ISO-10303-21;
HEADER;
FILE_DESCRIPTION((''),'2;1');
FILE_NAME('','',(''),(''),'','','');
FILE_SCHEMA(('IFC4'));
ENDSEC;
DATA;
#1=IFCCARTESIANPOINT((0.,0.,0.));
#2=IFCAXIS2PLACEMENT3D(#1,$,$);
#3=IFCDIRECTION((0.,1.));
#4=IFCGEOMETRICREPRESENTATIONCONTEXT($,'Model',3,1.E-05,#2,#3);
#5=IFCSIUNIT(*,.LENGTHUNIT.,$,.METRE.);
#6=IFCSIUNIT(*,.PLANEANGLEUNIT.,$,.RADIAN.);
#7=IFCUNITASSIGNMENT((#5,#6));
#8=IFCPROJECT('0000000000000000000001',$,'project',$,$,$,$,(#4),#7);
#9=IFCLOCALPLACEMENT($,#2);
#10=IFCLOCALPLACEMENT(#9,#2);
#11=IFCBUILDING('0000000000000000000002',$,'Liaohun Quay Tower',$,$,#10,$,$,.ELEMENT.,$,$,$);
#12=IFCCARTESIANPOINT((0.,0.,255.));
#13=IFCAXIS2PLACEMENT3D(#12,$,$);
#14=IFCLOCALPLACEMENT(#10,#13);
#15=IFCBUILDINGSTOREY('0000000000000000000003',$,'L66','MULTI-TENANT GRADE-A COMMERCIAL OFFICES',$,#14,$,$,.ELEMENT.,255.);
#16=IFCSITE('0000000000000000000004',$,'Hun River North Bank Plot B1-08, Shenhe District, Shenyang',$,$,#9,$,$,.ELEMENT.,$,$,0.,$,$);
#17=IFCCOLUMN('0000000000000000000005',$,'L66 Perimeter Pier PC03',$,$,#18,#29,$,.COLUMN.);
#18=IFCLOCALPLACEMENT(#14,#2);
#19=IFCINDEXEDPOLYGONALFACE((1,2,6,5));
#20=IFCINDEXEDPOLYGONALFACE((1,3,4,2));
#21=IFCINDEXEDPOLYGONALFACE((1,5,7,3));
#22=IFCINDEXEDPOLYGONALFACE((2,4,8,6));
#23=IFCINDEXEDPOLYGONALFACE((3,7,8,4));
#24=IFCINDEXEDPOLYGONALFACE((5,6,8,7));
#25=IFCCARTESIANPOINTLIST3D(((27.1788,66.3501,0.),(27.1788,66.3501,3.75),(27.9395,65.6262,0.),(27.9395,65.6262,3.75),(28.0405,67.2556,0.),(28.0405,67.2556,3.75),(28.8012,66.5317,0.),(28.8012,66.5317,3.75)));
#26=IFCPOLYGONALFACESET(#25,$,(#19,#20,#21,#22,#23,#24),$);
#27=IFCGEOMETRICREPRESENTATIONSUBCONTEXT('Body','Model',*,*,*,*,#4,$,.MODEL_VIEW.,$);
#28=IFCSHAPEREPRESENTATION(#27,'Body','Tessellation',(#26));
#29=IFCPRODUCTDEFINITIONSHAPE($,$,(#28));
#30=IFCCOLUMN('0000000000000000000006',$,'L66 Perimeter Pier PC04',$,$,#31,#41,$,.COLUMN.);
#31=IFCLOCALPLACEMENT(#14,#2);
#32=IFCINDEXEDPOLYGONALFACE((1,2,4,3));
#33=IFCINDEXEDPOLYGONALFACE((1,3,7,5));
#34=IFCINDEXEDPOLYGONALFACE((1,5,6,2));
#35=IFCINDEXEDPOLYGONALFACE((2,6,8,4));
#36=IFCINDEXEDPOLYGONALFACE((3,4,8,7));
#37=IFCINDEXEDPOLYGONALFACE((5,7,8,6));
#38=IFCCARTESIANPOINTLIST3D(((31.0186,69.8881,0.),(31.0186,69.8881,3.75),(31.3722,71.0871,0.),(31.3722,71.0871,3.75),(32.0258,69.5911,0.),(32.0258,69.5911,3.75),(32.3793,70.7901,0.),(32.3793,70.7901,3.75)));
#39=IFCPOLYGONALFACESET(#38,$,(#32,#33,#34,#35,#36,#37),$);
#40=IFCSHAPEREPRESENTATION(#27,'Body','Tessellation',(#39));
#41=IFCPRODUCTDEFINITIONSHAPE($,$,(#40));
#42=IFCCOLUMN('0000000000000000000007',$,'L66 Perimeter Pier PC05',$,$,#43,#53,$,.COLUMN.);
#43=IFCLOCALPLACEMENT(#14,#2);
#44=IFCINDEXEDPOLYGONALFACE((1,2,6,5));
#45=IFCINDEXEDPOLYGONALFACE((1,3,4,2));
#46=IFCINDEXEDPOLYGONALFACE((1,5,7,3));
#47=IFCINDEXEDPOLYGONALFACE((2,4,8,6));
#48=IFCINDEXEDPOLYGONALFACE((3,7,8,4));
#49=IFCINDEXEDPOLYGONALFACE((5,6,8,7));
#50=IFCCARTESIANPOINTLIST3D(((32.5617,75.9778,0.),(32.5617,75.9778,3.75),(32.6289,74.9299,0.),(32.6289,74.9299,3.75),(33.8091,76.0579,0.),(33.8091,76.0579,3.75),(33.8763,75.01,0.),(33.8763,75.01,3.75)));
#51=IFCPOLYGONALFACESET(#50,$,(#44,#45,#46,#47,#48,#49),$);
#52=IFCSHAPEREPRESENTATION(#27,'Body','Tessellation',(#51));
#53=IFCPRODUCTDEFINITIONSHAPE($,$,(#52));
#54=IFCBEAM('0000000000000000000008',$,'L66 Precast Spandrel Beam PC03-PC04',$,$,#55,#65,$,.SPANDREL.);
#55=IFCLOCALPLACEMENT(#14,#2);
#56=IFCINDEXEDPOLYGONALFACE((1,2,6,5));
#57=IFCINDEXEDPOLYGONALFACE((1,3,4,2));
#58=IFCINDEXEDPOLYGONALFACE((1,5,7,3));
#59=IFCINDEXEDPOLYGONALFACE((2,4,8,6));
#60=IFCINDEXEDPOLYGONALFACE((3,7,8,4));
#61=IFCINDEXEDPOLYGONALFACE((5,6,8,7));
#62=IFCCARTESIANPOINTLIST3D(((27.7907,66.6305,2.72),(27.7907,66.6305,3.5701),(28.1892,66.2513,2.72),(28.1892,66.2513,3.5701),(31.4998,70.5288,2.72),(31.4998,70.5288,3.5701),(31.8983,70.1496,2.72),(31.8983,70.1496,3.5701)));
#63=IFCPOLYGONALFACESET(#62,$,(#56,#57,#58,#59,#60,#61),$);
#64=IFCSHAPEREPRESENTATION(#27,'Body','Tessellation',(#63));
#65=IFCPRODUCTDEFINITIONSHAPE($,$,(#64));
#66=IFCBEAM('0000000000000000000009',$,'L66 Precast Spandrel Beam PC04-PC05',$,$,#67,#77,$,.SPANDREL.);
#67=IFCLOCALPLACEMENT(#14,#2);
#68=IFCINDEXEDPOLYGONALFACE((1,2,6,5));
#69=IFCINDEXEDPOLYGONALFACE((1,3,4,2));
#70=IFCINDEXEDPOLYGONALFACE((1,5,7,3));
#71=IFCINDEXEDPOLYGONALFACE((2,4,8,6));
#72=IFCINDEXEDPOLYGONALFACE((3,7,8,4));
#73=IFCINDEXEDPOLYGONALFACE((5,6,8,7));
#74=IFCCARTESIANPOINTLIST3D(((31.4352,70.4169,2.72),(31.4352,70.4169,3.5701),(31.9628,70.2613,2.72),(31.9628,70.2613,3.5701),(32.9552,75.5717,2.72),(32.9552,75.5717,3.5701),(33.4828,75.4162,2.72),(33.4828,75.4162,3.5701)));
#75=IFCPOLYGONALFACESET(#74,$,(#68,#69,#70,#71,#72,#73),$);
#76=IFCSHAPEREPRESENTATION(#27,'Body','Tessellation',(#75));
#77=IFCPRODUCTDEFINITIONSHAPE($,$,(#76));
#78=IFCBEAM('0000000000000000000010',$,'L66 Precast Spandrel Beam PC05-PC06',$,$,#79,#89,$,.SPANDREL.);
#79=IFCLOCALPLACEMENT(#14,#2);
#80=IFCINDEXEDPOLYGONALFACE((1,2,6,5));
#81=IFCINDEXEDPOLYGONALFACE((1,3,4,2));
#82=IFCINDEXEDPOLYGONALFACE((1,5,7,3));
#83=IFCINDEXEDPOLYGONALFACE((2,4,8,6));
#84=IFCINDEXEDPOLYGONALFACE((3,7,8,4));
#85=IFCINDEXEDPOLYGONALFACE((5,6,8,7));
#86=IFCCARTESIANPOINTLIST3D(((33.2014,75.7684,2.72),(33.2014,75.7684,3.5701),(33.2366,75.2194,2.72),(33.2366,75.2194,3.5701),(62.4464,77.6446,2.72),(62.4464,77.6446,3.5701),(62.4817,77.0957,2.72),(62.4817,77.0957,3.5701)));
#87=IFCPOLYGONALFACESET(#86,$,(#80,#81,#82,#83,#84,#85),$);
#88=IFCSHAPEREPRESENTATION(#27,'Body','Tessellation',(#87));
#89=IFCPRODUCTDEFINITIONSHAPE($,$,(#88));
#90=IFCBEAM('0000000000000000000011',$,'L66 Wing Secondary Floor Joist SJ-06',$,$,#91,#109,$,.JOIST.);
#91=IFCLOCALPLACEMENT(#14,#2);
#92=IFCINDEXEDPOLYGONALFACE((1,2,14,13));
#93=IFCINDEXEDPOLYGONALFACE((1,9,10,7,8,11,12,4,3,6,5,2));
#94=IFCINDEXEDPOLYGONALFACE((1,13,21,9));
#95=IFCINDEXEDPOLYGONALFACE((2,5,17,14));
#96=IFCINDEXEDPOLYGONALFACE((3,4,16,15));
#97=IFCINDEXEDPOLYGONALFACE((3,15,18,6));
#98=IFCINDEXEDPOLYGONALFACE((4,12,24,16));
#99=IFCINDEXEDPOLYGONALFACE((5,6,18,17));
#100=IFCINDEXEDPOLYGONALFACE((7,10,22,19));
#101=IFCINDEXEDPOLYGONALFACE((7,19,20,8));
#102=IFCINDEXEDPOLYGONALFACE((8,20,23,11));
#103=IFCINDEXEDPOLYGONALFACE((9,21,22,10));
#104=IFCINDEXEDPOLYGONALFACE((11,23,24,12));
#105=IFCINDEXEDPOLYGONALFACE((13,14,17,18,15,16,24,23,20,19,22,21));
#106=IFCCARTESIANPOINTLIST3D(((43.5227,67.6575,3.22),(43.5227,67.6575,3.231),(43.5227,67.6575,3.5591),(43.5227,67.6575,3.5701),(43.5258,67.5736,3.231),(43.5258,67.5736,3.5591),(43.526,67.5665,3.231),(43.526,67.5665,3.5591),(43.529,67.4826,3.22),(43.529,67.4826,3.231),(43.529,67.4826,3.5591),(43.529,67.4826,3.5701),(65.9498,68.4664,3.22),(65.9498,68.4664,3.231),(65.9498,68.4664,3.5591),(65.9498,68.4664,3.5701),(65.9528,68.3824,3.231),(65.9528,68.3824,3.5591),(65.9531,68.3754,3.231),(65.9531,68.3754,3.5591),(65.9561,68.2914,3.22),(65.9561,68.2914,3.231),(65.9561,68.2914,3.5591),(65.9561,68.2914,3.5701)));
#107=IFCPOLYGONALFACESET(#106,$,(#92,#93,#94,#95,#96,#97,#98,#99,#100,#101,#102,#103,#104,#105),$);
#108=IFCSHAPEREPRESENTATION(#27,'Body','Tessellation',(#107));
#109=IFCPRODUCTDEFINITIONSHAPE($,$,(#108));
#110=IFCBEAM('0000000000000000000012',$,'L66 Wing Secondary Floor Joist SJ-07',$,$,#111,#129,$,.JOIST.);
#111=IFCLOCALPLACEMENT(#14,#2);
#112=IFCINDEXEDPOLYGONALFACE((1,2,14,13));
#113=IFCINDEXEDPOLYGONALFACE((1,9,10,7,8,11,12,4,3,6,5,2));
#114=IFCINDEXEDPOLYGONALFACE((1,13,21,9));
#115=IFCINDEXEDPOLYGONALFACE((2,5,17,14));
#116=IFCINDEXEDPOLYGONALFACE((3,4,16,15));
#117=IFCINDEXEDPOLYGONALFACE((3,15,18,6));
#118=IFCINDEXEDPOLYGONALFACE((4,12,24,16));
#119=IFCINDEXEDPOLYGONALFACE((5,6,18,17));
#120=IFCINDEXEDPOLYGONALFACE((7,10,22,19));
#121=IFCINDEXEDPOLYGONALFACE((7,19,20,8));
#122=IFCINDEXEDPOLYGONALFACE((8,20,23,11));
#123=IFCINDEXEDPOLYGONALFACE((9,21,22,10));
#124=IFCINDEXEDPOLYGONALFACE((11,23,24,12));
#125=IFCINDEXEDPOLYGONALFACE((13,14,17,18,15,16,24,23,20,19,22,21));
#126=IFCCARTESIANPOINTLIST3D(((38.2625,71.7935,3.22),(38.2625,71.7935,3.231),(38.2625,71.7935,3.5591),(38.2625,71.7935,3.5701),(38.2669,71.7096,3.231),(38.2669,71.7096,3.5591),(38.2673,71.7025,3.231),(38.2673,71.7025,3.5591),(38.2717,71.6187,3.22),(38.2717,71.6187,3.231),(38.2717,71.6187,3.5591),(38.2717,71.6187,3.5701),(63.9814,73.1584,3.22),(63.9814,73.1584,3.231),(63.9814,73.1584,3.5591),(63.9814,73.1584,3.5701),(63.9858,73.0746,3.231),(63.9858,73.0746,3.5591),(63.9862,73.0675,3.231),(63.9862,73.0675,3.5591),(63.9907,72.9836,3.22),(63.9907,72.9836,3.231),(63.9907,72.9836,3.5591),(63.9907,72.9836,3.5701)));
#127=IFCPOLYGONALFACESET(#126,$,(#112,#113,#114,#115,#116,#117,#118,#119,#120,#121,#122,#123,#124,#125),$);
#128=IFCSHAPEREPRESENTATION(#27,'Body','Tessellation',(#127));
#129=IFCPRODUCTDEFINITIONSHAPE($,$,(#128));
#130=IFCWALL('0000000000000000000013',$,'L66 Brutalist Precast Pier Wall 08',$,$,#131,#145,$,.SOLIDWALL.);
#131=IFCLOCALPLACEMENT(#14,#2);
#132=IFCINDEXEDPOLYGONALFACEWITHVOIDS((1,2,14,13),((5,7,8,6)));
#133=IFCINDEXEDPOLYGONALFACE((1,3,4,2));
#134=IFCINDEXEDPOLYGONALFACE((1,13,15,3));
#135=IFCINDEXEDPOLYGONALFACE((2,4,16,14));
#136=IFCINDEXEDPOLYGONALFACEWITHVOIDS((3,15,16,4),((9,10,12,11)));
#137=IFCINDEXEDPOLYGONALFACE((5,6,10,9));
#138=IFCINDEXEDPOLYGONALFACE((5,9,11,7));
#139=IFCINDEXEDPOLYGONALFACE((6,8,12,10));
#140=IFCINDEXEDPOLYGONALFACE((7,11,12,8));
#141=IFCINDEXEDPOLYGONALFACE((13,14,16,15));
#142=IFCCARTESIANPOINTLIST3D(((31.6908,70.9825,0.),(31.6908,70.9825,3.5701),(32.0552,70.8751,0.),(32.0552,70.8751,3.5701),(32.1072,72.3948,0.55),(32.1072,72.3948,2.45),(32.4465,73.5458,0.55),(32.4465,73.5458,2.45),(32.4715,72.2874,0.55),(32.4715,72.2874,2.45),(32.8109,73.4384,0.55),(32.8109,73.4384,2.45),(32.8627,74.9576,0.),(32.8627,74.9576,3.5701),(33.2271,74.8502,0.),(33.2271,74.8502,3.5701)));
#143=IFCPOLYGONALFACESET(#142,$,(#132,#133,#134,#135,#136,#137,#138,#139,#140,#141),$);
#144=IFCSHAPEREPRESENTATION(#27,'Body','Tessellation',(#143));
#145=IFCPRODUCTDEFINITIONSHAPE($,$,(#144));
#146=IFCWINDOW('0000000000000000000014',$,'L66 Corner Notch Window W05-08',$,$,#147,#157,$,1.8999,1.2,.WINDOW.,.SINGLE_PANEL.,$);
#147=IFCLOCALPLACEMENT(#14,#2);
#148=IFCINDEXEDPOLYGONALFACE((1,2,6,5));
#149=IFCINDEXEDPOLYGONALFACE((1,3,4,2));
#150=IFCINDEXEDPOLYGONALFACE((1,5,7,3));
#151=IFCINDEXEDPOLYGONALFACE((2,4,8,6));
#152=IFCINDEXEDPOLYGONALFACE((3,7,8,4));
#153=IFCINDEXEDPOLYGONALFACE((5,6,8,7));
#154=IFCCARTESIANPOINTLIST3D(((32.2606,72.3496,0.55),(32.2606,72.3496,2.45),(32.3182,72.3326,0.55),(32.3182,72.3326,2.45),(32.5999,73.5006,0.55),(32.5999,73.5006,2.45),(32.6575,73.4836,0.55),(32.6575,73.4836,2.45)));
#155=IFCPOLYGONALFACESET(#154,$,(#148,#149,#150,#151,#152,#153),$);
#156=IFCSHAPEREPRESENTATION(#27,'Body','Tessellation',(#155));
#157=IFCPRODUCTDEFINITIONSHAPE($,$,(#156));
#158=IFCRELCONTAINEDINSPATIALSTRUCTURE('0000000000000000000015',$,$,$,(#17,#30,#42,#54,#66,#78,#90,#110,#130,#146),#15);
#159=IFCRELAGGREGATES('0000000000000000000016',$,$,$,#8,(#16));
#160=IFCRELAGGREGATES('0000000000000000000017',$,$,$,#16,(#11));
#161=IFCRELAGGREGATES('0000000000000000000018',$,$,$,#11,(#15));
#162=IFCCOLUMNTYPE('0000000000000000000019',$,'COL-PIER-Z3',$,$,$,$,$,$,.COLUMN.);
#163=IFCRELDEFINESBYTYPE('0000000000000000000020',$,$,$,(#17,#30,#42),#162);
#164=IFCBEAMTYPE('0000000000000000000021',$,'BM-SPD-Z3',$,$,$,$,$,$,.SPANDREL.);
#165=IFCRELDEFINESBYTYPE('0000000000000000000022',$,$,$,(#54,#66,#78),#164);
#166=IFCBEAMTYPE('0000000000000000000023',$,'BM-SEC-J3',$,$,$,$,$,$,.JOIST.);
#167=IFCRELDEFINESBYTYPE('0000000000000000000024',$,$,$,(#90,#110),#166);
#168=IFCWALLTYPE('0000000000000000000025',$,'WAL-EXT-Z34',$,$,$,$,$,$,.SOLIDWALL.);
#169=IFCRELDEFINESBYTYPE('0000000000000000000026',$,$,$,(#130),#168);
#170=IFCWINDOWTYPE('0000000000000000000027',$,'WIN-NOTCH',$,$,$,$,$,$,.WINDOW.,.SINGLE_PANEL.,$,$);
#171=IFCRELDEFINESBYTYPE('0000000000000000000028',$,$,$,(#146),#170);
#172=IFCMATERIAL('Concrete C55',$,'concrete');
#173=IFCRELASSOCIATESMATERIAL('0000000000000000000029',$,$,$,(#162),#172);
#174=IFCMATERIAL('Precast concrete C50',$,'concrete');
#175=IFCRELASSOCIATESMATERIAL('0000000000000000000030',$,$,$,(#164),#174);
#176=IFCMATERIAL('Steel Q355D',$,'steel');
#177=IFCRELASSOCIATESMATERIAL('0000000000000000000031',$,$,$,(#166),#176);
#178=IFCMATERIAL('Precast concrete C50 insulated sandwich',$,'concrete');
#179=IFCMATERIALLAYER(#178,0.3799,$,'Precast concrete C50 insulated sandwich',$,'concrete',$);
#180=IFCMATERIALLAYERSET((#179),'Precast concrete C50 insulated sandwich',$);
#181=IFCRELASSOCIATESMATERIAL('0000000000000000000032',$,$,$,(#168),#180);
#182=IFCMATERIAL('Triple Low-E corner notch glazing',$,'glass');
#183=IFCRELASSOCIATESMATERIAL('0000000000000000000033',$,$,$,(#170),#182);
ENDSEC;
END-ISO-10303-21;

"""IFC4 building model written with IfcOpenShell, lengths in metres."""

from ifc_helpers import new_model, si_unit, direction, frame, frame_2d, origin, origin_2d, place, context, subcontext, project, spatial, rectangle, i_section, extrude, source, transform, mapped, material, layer, layer_set, material_profile, profile_set, type_object, element, fill, save


model = new_model("IFC4")

# Units and contexts
model_context = context("Model", 3, precision=1e-05, world=origin(), true_north=direction((0.0, 1.0)))
body_context = subcontext(model_context, "Body", "Model", "MODEL_VIEW")
ifc_project = project(units=[si_unit("LENGTHUNIT", "METRE"), si_unit("PLANEANGLEUNIT", "RADIAN")], contexts=[model_context])

# Site, building, storey
site_placement = place(None, origin())
site = spatial("IfcSite", under=ifc_project, at=site_placement, Name="Hun River North Bank Plot B1-08, Shenhe District, Shenyang", CompositionType="ELEMENT", RefElevation=0.0)
building_placement = place(site_placement, origin())
building = spatial("IfcBuilding", under=site, at=building_placement, Name="Liaohun Quay Tower", CompositionType="ELEMENT")
storey_placement = place(building_placement, frame((0.0, 0.0, 255.0)))
storey = spatial("IfcBuildingStorey", under=building, at=storey_placement, Name="L66", Description="MULTI-TENANT GRADE-A COMMERCIAL OFFICES", CompositionType="ELEMENT", Elevation=255.0)

# Columns
ifc_material_1 = material(Name="Concrete C55", Category="concrete")
ifc_material_profile_1 = material_profile(ifc_material_1, rectangle(XDim=1.25, YDim=1.05, at=origin_2d()), Name="RC1250x1050")
ifc_profile_set_1 = profile_set([ifc_material_profile_1], Name="Concrete C55")
column_type = type_object("IfcColumnType", Name="COL-PIER-Z3", PredefinedType="COLUMN", material=ifc_profile_set_1)
shared_shape_1 = source(origin(), body_context, "Body", "SweptSolid", [
    extrude(rectangle(XDim=1.25, YDim=1.05, at=origin_2d()), origin(), (0.0, 0.0, 1.0), 3.75),
])
for number, where, z_axis, x_axis, name in (
    (1, (27.99, 66.4409, 0.0), (0.0, 0.0, 1.0), (0.689367, 0.724413, 0.0), "L66 Perimeter Pier PC03"),
    (2, (31.699, 70.3391, 0.0), (0.0, 0.0, 1.0), (0.282844, 0.959166, 0.0), "L66 Perimeter Pier PC04"),
    (3, (33.219, 75.4939, 0.0), (0.0, 0.0, 1.0), (0.997949, 0.06401, 0.0), "L66 Perimeter Pier PC05"),
):
    element("IfcColumn", number, at=place(storey_placement, frame(where, z_axis=z_axis, x_axis=x_axis)), inside=storey, type_object=column_type, Name=name, PredefinedType="COLUMN", context=body_context, shape_type="MappedRepresentation", body=[
        mapped(shared_shape_1, transform((0.0, 0.0, 0.0), x_axis=(1.0, 0.0, 0.0), y_axis=(0.0, 1.0, 0.0), z_axis=(0.0, 0.0, 1.0), scale=1.0)),
    ])

# Beams
ifc_material_2 = material(Name="Precast concrete C50", Category="concrete")
ifc_material_profile_2 = material_profile(ifc_material_2, rectangle(XDim=0.55, YDim=0.8501, at=origin_2d()), Name="RC550x850")
ifc_profile_set_2 = profile_set([ifc_material_profile_2], Name="Precast concrete C50")
beam_type_1 = type_object("IfcBeamType", Name="BM-SPD-Z3", PredefinedType="SPANDREL", material=ifc_profile_set_2)
shared_shape_2 = source(origin(), body_context, "Body", "SweptSolid", [
    extrude(rectangle(XDim=0.55, YDim=0.8501, at=origin_2d()), origin(), (0.0, 0.0, 1.0), 5.3809),
])
beam_1_placement = place(storey_placement, frame((27.99, 66.4409, 3.145), z_axis=(0.689306, 0.72447, 0.0), x_axis=(-0.72447, 0.689306, 0.0)))
element("IfcBeam", 4, at=beam_1_placement, inside=storey, type_object=beam_type_1, Name="L66 Precast Spandrel Beam PC03-PC04", PredefinedType="SPANDREL", context=body_context, shape_type="MappedRepresentation", body=[
    mapped(shared_shape_2, transform((0.0, 0.0, 0.0), x_axis=(1.0, 0.0, 0.0), y_axis=(0.0, 1.0, 0.0), z_axis=(0.0, 0.0, 1.0), scale=1.0)),
])
shared_shape_3 = source(origin(), body_context, "Body", "SweptSolid", [
    extrude(rectangle(XDim=0.55, YDim=0.8501, at=origin_2d()), origin(), (0.0, 0.0, 1.0), 5.3743),
])
beam_2_placement = place(storey_placement, frame((31.699, 70.3391, 3.145), z_axis=(0.282835, 0.959169, 0.0), x_axis=(-0.959169, 0.282835, 0.0)))
element("IfcBeam", 5, at=beam_2_placement, inside=storey, type_object=beam_type_1, Name="L66 Precast Spandrel Beam PC04-PC05", PredefinedType="SPANDREL", context=body_context, shape_type="MappedRepresentation", body=[
    mapped(shared_shape_3, transform((0.0, 0.0, 0.0), x_axis=(1.0, 0.0, 0.0), y_axis=(0.0, 1.0, 0.0), z_axis=(0.0, 0.0, 1.0), scale=1.0)),
])
shared_shape_4 = source(origin(), body_context, "Body", "SweptSolid", [
    extrude(rectangle(XDim=0.55, YDim=0.8501, at=origin_2d()), origin(), (0.0, 0.0, 1.0), 29.3052),
])
beam_3_placement = place(storey_placement, frame((33.219, 75.4939, 3.145), z_axis=(0.997948, 0.064023, 0.0), x_axis=(-0.064023, 0.997948, 0.0)))
element("IfcBeam", 6, at=beam_3_placement, inside=storey, type_object=beam_type_1, Name="L66 Precast Spandrel Beam PC05-PC06", PredefinedType="SPANDREL", context=body_context, shape_type="MappedRepresentation", body=[
    mapped(shared_shape_4, transform((0.0, 0.0, 0.0), x_axis=(1.0, 0.0, 0.0), y_axis=(0.0, 1.0, 0.0), z_axis=(0.0, 0.0, 1.0), scale=1.0)),
])
ifc_material_3 = material(Name="Steel Q355D", Category="steel")
ifc_material_profile_3 = material_profile(ifc_material_3, i_section(OverallWidth=0.175, OverallDepth=0.3501, WebThickness=0.0071, FlangeThickness=0.011, at=origin_2d()), Name="HN350x175x7x11")
ifc_profile_set_3 = profile_set([ifc_material_profile_3], Name="Steel Q355D")
beam_type_2 = type_object("IfcBeamType", Name="BM-SEC-J3", PredefinedType="JOIST", material=ifc_profile_set_3)
shared_shape_5 = source(origin(), body_context, "Body", "SweptSolid", [
    extrude(i_section(OverallWidth=0.175, OverallDepth=0.3501, WebThickness=0.0071, FlangeThickness=0.011, at=origin_2d()), origin(), (0.0, 0.0, 1.0), 22.4417),
])
beam_4_placement = place(storey_placement, frame((43.5259, 67.5701, 3.395), z_axis=(0.99935, 0.036042, 0.0), x_axis=(-0.036042, 0.99935, 0.0)))
element("IfcBeam", 7, at=beam_4_placement, inside=storey, type_object=beam_type_2, Name="L66 Wing Secondary Floor Joist SJ-06", PredefinedType="JOIST", context=body_context, shape_type="MappedRepresentation", body=[
    mapped(shared_shape_5, transform((0.0, 0.0, 0.0), x_axis=(1.0, 0.0, 0.0), y_axis=(0.0, 1.0, 0.0), z_axis=(0.0, 0.0, 1.0), scale=1.0)),
])
shared_shape_6 = source(origin(), body_context, "Body", "SweptSolid", [
    extrude(i_section(OverallWidth=0.175, OverallDepth=0.3501, WebThickness=0.0071, FlangeThickness=0.011, at=origin_2d()), origin(), (0.0, 0.0, 1.0), 25.7551),
])
beam_5_placement = place(storey_placement, frame((38.2671, 71.7061, 3.395), z_axis=(0.998595, 0.052999, 0.0), x_axis=(-0.052999, 0.998595, 0.0)))
element("IfcBeam", 8, at=beam_5_placement, inside=storey, type_object=beam_type_2, Name="L66 Wing Secondary Floor Joist SJ-07", PredefinedType="JOIST", context=body_context, shape_type="MappedRepresentation", body=[
    mapped(shared_shape_6, transform((0.0, 0.0, 0.0), x_axis=(1.0, 0.0, 0.0), y_axis=(0.0, 1.0, 0.0), z_axis=(0.0, 0.0, 1.0), scale=1.0)),
])

# Wall, opening, window
ifc_material_4 = material(Name="Precast concrete C50 insulated sandwich", Category="concrete")
ifc_layer_1 = layer(ifc_material_4, 0.3799, Name="Precast concrete C50 insulated sandwich", Category="concrete")
ifc_layer_set_1 = layer_set([ifc_layer_1], Name="Precast concrete C50 insulated sandwich")
wall_type_1 = type_object("IfcWallType", Name="WAL-EXT-Z34", PredefinedType="SOLIDWALL", material=ifc_layer_set_1)
wall_1_placement = place(storey_placement, frame((33.0449, 74.9041, 0.0), z_axis=(0.0, 0.0, 1.0), x_axis=(-0.282772, -0.959187, 0.0)))
wall_1 = element("IfcWall", 9, at=wall_1_placement, inside=storey, type_object=wall_type_1, Name="L66 Brutalist Precast Pier Wall 08", PredefinedType="SOLIDWALL", context=body_context, shape_type="SweptSolid", body=[
    extrude(rectangle(XDim=4.1443, YDim=0.3799, at=frame_2d((2.0723, 0.0))), origin(), (0.0, 0.0, 1.0), 3.5701),
])
shared_shape_7 = source(origin(), body_context, "Body", "SweptSolid", [
    extrude(rectangle(XDim=1.2, YDim=1.8999, at=frame_2d((0.6001, 0.95))), frame((0.0, 0.2, 0.0), z_axis=(0.0, -1.0, 0.0), x_axis=(1.0, 0.0, 0.0)), (0.0, 0.0, 1.0), 0.3999),
])
opening_1_placement = place(wall_1_placement, frame((1.4719, 0.0, 0.55)))
opening_1 = element("IfcOpeningElement", 10, at=opening_1_placement, cuts=wall_1, PredefinedType="OPENING", context=body_context, shape_type="MappedRepresentation", body=[
    mapped(shared_shape_7, transform((0.0, 0.0, 0.0), x_axis=(1.0, 0.0, 0.0), y_axis=(0.0, 1.0, 0.0), z_axis=(0.0, 0.0, 1.0), scale=1.0)),
])
ifc_material_5 = material(Name="Triple Low-E corner notch glazing", Category="glass")
window_type_1 = type_object("IfcWindowType", Name="WIN-NOTCH", PartitioningType="SINGLE_PANEL", PredefinedType="WINDOW", material=ifc_material_5)
shared_shape_8 = source(origin(), body_context, "Body", "SweptSolid", [
    extrude(rectangle(XDim=1.2, YDim=1.8999, at=frame_2d((0.6001, 0.95))), frame((0.0, 0.03, 0.0), z_axis=(0.0, -1.0, 0.0), x_axis=(1.0, 0.0, 0.0)), (0.0, 0.0, 1.0), 0.0601),
])
window_1_placement = place(opening_1_placement, origin())
window_1 = element("IfcWindow", 11, at=window_1_placement, inside=storey, type_object=window_type_1, Name="L66 Corner Notch Window W05-08", OverallHeight=1.8999, OverallWidth=1.2, PartitioningType="SINGLE_PANEL", PredefinedType="WINDOW", context=body_context, shape_type="MappedRepresentation", body=[
    mapped(shared_shape_8, transform((0.0, 0.0, 0.0), x_axis=(1.0, 0.0, 0.0), y_axis=(0.0, 1.0, 0.0), z_axis=(0.0, 0.0, 1.0), scale=1.0)),
])
fill(opening_1, window_1)

save(model, "model.ifc")
